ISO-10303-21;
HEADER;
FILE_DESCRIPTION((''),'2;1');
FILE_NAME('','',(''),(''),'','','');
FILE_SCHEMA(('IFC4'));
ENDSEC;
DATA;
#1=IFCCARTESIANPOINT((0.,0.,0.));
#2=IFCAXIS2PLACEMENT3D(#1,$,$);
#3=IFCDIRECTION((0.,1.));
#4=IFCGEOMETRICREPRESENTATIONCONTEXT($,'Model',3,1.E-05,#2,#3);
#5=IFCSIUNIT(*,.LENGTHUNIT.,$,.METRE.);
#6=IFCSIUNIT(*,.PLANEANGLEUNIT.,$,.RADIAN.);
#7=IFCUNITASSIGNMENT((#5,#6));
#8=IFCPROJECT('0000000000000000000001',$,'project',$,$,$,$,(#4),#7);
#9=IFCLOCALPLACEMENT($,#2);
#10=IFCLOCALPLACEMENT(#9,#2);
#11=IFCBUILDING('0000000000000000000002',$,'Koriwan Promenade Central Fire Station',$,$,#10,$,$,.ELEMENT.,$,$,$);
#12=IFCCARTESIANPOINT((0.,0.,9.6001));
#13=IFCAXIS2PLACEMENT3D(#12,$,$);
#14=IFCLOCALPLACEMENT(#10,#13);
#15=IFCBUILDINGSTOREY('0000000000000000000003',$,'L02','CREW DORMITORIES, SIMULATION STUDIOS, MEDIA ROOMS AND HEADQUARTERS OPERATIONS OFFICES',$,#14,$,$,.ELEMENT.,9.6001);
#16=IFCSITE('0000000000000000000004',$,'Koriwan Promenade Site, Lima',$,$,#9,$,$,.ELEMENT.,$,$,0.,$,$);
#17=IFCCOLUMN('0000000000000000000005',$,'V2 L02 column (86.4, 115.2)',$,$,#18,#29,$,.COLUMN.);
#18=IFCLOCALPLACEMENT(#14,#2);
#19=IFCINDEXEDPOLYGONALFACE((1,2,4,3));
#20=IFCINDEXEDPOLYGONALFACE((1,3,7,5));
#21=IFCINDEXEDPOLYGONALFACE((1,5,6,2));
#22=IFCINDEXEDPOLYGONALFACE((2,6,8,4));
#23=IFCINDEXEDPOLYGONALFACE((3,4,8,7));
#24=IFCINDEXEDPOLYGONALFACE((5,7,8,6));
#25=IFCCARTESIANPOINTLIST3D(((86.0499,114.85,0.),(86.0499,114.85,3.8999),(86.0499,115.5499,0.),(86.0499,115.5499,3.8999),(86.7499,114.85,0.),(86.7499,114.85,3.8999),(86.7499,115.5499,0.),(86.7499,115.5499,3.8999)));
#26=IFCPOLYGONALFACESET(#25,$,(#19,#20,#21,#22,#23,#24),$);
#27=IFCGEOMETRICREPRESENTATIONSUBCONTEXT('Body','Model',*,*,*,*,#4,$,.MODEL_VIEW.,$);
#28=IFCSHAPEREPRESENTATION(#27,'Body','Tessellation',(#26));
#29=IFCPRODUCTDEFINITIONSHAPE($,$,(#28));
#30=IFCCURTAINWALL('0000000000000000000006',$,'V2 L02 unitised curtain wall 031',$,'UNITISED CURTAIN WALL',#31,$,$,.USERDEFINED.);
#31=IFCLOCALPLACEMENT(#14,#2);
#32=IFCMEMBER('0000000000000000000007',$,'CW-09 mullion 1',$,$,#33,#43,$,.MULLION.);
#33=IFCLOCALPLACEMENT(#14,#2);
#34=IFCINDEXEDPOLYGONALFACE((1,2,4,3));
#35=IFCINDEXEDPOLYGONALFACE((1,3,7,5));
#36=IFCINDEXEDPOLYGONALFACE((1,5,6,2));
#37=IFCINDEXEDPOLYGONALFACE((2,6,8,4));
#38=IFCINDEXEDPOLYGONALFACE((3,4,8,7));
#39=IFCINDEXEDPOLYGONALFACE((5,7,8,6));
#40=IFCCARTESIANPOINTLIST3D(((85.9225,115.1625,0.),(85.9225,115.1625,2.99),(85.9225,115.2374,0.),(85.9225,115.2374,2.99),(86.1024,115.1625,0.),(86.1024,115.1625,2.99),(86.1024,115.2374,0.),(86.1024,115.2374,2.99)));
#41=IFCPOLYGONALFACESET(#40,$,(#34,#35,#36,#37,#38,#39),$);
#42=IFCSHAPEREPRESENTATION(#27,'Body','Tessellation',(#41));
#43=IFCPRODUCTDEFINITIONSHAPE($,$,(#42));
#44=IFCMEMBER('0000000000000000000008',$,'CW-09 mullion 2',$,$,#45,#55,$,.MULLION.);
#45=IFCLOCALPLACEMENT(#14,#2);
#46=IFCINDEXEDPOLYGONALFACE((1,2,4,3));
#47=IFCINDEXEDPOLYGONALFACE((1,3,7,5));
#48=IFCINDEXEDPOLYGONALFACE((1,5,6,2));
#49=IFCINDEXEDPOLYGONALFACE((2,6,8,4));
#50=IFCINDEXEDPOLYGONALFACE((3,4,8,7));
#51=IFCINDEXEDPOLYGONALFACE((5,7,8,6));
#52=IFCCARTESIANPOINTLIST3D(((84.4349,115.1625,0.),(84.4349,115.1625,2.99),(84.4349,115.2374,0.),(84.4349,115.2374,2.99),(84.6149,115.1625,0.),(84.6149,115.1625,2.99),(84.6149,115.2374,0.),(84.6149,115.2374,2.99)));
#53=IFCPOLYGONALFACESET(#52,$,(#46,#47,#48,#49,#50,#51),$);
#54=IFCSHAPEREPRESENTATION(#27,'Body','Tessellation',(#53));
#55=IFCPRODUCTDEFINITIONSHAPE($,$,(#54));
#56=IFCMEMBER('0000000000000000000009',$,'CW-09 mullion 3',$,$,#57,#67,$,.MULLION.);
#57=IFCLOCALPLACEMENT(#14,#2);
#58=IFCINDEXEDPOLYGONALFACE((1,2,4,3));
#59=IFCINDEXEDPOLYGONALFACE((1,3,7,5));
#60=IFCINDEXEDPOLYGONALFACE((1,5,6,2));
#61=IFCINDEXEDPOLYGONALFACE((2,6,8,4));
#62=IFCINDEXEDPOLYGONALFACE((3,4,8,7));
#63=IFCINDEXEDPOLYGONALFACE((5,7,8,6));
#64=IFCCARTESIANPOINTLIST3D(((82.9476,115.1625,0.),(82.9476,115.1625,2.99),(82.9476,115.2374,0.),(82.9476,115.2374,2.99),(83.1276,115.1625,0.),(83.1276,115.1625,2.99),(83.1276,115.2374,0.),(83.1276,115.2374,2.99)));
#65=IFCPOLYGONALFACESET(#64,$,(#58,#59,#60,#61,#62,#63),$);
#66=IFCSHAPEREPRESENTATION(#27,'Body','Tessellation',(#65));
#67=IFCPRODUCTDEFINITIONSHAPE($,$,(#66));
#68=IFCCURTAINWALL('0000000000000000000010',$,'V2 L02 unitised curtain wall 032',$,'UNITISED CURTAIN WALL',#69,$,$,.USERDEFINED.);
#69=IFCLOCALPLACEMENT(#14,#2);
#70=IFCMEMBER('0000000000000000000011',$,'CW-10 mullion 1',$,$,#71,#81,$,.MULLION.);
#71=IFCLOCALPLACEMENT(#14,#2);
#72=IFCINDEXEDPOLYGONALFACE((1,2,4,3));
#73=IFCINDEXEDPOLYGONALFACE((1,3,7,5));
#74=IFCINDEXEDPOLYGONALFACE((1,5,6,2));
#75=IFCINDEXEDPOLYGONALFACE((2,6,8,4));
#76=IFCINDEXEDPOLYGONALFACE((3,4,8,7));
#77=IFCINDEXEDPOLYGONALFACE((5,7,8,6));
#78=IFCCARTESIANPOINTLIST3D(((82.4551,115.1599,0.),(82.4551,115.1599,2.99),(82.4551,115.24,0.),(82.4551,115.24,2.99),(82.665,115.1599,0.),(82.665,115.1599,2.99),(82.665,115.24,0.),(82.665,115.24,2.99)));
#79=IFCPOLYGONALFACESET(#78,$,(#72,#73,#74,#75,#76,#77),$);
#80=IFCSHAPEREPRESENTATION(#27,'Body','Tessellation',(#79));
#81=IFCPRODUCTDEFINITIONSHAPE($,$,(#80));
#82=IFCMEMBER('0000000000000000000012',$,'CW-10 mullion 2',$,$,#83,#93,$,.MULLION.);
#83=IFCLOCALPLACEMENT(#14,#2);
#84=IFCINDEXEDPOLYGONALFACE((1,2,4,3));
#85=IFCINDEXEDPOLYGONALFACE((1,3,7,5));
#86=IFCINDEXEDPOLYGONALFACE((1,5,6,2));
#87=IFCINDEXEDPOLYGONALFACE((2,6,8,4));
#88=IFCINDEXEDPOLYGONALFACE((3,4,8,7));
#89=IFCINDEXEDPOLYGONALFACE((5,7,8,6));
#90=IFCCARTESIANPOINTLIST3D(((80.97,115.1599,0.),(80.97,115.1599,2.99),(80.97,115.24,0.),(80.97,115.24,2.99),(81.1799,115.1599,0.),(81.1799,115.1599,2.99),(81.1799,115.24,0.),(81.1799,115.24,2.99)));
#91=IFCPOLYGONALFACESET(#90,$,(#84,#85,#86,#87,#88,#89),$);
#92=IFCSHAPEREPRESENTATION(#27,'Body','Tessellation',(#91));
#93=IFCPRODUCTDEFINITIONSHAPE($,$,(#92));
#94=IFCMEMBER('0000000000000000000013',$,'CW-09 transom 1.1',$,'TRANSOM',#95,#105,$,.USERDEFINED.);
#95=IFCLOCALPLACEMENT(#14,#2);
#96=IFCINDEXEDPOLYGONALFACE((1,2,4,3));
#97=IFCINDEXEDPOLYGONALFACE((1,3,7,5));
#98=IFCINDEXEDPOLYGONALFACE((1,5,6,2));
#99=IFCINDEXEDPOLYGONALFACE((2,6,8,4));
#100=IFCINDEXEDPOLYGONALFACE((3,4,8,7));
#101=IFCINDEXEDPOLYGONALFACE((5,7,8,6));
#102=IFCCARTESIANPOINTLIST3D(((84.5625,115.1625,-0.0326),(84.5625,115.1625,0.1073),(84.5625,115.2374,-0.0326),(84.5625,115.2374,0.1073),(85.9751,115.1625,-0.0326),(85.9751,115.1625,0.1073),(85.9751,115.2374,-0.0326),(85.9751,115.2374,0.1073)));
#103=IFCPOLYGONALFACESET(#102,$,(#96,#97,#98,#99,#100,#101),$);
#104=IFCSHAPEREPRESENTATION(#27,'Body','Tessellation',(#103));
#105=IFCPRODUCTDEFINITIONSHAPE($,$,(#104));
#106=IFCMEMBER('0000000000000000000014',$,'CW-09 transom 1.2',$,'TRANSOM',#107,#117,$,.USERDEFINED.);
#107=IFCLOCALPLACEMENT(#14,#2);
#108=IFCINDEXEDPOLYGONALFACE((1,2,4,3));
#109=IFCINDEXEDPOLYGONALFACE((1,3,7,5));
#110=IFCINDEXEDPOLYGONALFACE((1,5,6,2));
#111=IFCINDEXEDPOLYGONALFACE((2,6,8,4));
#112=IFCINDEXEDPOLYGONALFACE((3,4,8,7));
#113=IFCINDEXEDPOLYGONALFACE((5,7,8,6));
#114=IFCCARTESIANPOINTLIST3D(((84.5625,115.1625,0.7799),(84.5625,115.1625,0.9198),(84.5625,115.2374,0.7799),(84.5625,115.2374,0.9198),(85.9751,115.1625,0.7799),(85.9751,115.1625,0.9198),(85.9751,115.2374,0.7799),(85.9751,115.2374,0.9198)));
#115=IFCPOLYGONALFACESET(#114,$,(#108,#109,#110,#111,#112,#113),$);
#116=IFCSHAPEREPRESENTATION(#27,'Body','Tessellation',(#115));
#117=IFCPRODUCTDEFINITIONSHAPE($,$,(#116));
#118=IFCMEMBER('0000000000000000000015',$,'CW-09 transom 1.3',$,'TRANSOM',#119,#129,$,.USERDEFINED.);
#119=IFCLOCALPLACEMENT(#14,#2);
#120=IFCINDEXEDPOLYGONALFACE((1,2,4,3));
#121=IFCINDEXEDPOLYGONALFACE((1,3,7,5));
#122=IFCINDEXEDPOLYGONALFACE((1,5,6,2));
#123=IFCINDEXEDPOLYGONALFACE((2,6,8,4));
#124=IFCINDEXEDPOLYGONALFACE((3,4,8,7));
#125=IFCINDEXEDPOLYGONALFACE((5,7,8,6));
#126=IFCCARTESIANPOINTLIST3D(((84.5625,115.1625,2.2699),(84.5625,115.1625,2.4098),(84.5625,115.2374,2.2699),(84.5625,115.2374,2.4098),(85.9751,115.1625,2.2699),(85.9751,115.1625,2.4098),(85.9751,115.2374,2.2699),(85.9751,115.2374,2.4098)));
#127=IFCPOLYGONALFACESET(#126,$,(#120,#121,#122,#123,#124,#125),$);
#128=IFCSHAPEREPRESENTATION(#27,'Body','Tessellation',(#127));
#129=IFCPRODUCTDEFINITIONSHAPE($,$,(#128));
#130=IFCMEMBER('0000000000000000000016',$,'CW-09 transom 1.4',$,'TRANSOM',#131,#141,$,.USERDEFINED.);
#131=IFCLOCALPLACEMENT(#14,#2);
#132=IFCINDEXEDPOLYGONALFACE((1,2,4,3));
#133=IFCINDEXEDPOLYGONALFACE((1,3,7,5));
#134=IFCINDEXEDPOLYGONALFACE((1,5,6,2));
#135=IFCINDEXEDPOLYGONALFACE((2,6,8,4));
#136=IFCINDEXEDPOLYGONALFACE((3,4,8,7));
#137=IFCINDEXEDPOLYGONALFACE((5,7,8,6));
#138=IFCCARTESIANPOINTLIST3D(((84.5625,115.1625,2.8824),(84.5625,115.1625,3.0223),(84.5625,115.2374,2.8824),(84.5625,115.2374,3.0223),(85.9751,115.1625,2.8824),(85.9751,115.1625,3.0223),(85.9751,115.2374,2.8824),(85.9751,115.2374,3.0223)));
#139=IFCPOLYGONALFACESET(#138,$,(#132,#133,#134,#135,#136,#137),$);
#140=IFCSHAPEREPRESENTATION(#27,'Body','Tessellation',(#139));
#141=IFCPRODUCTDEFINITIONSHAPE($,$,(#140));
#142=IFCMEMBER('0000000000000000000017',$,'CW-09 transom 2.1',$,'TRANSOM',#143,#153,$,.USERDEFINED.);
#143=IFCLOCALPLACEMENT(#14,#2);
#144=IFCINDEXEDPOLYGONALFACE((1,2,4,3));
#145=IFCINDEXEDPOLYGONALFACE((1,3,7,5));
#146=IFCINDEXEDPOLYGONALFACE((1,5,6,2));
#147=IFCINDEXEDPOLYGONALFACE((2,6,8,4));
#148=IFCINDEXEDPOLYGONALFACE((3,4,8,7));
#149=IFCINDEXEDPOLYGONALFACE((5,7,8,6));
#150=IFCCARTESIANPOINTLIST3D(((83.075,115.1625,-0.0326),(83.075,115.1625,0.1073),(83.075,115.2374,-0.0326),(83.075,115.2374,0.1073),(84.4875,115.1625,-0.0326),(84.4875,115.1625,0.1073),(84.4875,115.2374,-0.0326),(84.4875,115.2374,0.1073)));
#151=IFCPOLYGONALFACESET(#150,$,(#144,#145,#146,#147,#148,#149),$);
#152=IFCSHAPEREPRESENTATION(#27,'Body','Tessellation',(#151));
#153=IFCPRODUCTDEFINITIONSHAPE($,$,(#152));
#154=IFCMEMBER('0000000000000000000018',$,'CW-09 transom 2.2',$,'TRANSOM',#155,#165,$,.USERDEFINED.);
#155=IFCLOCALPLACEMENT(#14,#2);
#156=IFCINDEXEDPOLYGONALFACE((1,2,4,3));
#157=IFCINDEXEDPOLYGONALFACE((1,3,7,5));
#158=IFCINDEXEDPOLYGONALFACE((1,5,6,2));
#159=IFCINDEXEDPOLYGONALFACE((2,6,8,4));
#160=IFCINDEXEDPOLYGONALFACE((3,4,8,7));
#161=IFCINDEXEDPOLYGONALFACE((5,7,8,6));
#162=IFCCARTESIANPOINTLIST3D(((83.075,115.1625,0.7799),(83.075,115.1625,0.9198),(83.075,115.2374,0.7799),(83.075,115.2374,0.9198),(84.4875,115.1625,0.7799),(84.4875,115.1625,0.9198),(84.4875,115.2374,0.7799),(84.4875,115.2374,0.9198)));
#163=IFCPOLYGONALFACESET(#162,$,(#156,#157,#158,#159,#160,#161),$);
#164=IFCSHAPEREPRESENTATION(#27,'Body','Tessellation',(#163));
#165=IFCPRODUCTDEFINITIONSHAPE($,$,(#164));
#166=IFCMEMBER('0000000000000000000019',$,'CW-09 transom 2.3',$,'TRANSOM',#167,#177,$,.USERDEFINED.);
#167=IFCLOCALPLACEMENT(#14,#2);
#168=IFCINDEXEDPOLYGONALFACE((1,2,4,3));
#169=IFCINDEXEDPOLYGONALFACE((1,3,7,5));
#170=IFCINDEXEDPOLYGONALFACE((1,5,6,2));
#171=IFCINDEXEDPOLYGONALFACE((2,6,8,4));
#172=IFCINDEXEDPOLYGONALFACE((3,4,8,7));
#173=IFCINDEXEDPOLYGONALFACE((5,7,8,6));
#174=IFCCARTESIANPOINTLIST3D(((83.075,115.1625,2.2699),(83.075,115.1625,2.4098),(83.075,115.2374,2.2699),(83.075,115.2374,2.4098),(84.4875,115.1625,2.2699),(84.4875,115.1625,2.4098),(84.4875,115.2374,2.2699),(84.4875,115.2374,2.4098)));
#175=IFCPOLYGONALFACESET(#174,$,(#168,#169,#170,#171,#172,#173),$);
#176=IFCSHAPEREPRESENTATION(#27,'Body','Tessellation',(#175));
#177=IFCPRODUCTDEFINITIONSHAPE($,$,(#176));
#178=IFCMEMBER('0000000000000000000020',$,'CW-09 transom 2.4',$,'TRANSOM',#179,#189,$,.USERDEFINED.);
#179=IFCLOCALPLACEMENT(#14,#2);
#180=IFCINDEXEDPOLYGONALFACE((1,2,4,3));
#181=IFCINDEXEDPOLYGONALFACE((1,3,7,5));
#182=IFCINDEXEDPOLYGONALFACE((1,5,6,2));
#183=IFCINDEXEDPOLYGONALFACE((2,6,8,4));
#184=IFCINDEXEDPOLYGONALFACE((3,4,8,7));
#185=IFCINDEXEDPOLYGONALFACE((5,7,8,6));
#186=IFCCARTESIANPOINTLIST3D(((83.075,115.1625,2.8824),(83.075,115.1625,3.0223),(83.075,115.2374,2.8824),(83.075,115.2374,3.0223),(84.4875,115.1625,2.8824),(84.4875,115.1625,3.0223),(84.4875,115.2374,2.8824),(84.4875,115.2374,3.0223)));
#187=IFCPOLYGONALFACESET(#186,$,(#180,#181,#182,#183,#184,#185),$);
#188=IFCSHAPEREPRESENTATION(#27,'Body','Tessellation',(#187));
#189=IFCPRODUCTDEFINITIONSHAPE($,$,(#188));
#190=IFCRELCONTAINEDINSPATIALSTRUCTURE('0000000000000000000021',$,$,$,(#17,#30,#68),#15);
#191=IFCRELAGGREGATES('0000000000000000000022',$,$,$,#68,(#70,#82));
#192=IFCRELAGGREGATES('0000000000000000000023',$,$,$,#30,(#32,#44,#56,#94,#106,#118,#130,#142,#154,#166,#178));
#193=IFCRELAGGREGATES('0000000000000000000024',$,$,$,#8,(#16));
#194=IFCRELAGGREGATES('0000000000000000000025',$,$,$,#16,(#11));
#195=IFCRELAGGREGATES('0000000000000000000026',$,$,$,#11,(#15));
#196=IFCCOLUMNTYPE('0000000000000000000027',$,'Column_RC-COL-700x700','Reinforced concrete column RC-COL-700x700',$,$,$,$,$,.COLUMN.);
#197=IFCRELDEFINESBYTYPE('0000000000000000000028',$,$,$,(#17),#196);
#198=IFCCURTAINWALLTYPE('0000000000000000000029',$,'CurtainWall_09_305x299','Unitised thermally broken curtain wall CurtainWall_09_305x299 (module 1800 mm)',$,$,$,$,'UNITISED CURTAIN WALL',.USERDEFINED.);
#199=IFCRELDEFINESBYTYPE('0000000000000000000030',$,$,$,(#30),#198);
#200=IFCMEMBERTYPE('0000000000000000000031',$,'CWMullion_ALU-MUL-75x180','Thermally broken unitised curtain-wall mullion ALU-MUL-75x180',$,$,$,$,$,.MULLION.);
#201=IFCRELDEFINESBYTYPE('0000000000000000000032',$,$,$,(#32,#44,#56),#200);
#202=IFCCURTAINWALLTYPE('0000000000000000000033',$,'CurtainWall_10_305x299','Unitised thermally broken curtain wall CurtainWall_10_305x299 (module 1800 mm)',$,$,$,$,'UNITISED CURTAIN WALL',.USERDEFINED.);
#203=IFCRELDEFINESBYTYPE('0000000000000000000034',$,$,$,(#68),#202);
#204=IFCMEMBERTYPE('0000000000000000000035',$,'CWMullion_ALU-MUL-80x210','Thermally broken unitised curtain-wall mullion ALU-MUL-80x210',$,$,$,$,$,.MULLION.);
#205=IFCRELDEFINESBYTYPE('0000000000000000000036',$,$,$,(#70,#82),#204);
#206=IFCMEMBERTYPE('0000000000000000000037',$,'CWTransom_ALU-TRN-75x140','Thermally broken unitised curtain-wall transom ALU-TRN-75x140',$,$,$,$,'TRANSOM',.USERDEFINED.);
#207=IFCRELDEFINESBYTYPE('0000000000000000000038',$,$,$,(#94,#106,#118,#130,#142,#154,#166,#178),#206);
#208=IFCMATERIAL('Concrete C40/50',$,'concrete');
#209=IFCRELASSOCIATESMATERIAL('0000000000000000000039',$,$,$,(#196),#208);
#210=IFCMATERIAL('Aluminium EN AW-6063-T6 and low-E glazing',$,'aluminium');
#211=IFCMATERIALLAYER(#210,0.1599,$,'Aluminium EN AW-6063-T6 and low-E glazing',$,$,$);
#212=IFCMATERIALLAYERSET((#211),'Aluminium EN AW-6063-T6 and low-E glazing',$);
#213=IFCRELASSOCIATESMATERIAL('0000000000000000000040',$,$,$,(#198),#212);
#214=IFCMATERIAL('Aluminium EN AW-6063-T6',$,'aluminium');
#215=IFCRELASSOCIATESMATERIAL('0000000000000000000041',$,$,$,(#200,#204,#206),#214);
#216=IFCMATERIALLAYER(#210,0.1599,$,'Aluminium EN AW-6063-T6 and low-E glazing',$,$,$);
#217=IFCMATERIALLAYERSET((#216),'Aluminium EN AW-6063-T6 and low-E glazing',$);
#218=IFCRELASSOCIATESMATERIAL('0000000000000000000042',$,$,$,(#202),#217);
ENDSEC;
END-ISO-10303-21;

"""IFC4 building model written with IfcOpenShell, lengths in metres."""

from ifc_helpers import new_model, si_unit, direction, frame, origin, origin_2d, place, context, subcontext, project, spatial, rectangle, extrude, material, layer, layer_set, material_profile, profile_set, type_object, element, aggregate, save


model = new_model("IFC4")

# Units and contexts
model_context = context("Model", 3, precision=1e-05, world=origin(), true_north=direction((0.0, 1.0)))
body_context = subcontext(model_context, "Body", "Model", "MODEL_VIEW")
ifc_project = project(units=[si_unit("LENGTHUNIT", "METRE"), si_unit("PLANEANGLEUNIT", "RADIAN")], contexts=[model_context])

# Site, building, storey
site_placement = place(None, origin())
site = spatial("IfcSite", under=ifc_project, at=site_placement, Name="Koriwan Promenade Site, Lima", CompositionType="ELEMENT", RefElevation=0.0)
building_placement = place(site_placement, origin())
building = spatial("IfcBuilding", under=site, at=building_placement, Name="Koriwan Promenade Central Fire Station", CompositionType="ELEMENT")
storey_placement = place(building_placement, frame((0.0, 0.0, 9.6001)))
storey = spatial("IfcBuildingStorey", under=building, at=storey_placement, Name="L02", Description="CREW DORMITORIES, SIMULATION STUDIOS, MEDIA ROOMS AND HEADQUARTERS OPERATIONS OFFICES", CompositionType="ELEMENT", Elevation=9.6001)

# Column
ifc_material_1 = material(Name="Concrete C40/50", Category="concrete")
ifc_material_profile_1 = material_profile(ifc_material_1, rectangle(XDim=0.7, YDim=0.7, at=origin_2d()), Name="RC-COL-700x700")
ifc_profile_set_1 = profile_set([ifc_material_profile_1], Name="Concrete C40/50")
column_type = type_object("IfcColumnType", Name="Column_RC-COL-700x700", Description="Reinforced concrete column RC-COL-700x700", PredefinedType="COLUMN", material=ifc_profile_set_1)
column_placement = place(storey_placement, frame((86.3999, 115.2, 0.0), z_axis=(0.0, 0.0, 1.0), x_axis=(1.0, 0.0, 0.0)))
element("IfcColumn", 1, at=column_placement, inside=storey, type_object=column_type, Name="V2 L02 column (86.4, 115.2)", PredefinedType="COLUMN", context=body_context, shape_type="SweptSolid", body=[
    extrude(rectangle(XDim=0.7, YDim=0.7, at=origin_2d()), origin(), (0.0, 0.0, 1.0), 3.8999),
])

# Curtain walls, members
ifc_material_2 = material(Name="Aluminium EN AW-6063-T6 and low-E glazing", Category="aluminium")
ifc_layer_1 = layer(ifc_material_2, 0.1599, Name="Aluminium EN AW-6063-T6 and low-E glazing")
ifc_layer_set_1 = layer_set([ifc_layer_1], Name="Aluminium EN AW-6063-T6 and low-E glazing")
curtain_wall_type_1 = type_object("IfcCurtainWallType", Name="CurtainWall_09_305x299", Description="Unitised thermally broken curtain wall CurtainWall_09_305x299 (module 1800 mm)", ElementType="UNITISED CURTAIN WALL", PredefinedType="USERDEFINED", material=ifc_layer_set_1)
curtain_wall_1_placement = place(storey_placement, origin())
curtain_wall_1 = element("IfcCurtainWall", 2, at=curtain_wall_1_placement, inside=storey, type_object=curtain_wall_type_1, Name="V2 L02 unitised curtain wall 031", ObjectType="UNITISED CURTAIN WALL", PredefinedType="USERDEFINED")
ifc_material_3 = material(Name="Aluminium EN AW-6063-T6", Category="aluminium")
ifc_material_profile_2 = material_profile(ifc_material_3, rectangle(XDim=0.075, YDim=0.1799, at=origin_2d()), Name="ALU-MUL-75x180")
ifc_profile_set_2 = profile_set([ifc_material_profile_2], Name="Aluminium EN AW-6063-T6")
member_type_1 = type_object("IfcMemberType", Name="CWMullion_ALU-MUL-75x180", Description="Thermally broken unitised curtain-wall mullion ALU-MUL-75x180", PredefinedType="MULLION", material=ifc_profile_set_2)
member_1_placement = place(storey_placement, frame((86.0125, 115.2, 0.0), z_axis=(0.0, 0.0, 1.0), x_axis=(0.0, -1.0, 0.0)))
member_1 = element("IfcMember", 3, at=member_1_placement, type_object=member_type_1, Name="CW-09 mullion 1", PredefinedType="MULLION", context=body_context, shape_type="SweptSolid", body=[
    extrude(rectangle(XDim=0.075, YDim=0.1799, at=origin_2d()), origin(), (0.0, 0.0, 1.0), 2.99),
])
member_2_placement = place(storey_placement, frame((84.5249, 115.2, 0.0), z_axis=(0.0, 0.0, 1.0), x_axis=(0.0, -1.0, 0.0)))
member_2 = element("IfcMember", 4, at=member_2_placement, type_object=member_type_1, Name="CW-09 mullion 2", PredefinedType="MULLION", context=body_context, shape_type="SweptSolid", body=[
    extrude(rectangle(XDim=0.075, YDim=0.1799, at=origin_2d()), origin(), (0.0, 0.0, 1.0), 2.99),
])
member_3_placement = place(storey_placement, frame((83.0376, 115.2, 0.0), z_axis=(0.0, 0.0, 1.0), x_axis=(0.0, -1.0, 0.0)))
member_3 = element("IfcMember", 5, at=member_3_placement, type_object=member_type_1, Name="CW-09 mullion 3", PredefinedType="MULLION", context=body_context, shape_type="SweptSolid", body=[
    extrude(rectangle(XDim=0.075, YDim=0.1799, at=origin_2d()), origin(), (0.0, 0.0, 1.0), 2.99),
])
ifc_layer_2 = layer(ifc_material_2, 0.1599, Name="Aluminium EN AW-6063-T6 and low-E glazing")
ifc_layer_set_2 = layer_set([ifc_layer_2], Name="Aluminium EN AW-6063-T6 and low-E glazing")
curtain_wall_type_2 = type_object("IfcCurtainWallType", Name="CurtainWall_10_305x299", Description="Unitised thermally broken curtain wall CurtainWall_10_305x299 (module 1800 mm)", ElementType="UNITISED CURTAIN WALL", PredefinedType="USERDEFINED", material=ifc_layer_set_2)
curtain_wall_2_placement = place(storey_placement, origin())
curtain_wall_2 = element("IfcCurtainWall", 6, at=curtain_wall_2_placement, inside=storey, type_object=curtain_wall_type_2, Name="V2 L02 unitised curtain wall 032", ObjectType="UNITISED CURTAIN WALL", PredefinedType="USERDEFINED")
ifc_material_profile_3 = material_profile(ifc_material_3, rectangle(XDim=0.0801, YDim=0.21, at=origin_2d()), Name="ALU-MUL-80x210")
ifc_profile_set_3 = profile_set([ifc_material_profile_3], Name="Aluminium EN AW-6063-T6")
member_type_2 = type_object("IfcMemberType", Name="CWMullion_ALU-MUL-80x210", Description="Thermally broken unitised curtain-wall mullion ALU-MUL-80x210", PredefinedType="MULLION", material=ifc_profile_set_3)
member_4_placement = place(storey_placement, frame((82.5601, 115.2, 0.0), z_axis=(0.0, 0.0, 1.0), x_axis=(0.0, -1.0, 0.0)))
member_4 = element("IfcMember", 7, at=member_4_placement, type_object=member_type_2, Name="CW-10 mullion 1", PredefinedType="MULLION", context=body_context, shape_type="SweptSolid", body=[
    extrude(rectangle(XDim=0.0801, YDim=0.21, at=origin_2d()), origin(), (0.0, 0.0, 1.0), 2.99),
])
member_5_placement = place(storey_placement, frame((81.075, 115.2, 0.0), z_axis=(0.0, 0.0, 1.0), x_axis=(0.0, -1.0, 0.0)))
member_5 = element("IfcMember", 8, at=member_5_placement, type_object=member_type_2, Name="CW-10 mullion 2", PredefinedType="MULLION", context=body_context, shape_type="SweptSolid", body=[
    extrude(rectangle(XDim=0.0801, YDim=0.21, at=origin_2d()), origin(), (0.0, 0.0, 1.0), 2.99),
])

# Members
ifc_material_profile_4 = material_profile(ifc_material_3, rectangle(XDim=0.075, YDim=0.1399, at=origin_2d()), Name="ALU-TRN-75x140")
ifc_profile_set_4 = profile_set([ifc_material_profile_4], Name="Aluminium EN AW-6063-T6")
member_type_3 = type_object("IfcMemberType", Name="CWTransom_ALU-TRN-75x140", Description="Thermally broken unitised curtain-wall transom ALU-TRN-75x140", ElementType="TRANSOM", PredefinedType="USERDEFINED", material=ifc_profile_set_4)
member_6_placement = place(storey_placement, frame((85.9751, 115.2, 0.0374), z_axis=(-1.0, 0.0, 0.0), x_axis=(0.0, -1.0, 0.0)))
member_6 = element("IfcMember", 9, at=member_6_placement, type_object=member_type_3, Name="CW-09 transom 1.1", ObjectType="TRANSOM", PredefinedType="USERDEFINED", context=body_context, shape_type="SweptSolid", body=[
    extrude(rectangle(XDim=0.075, YDim=0.1399, at=origin_2d()), origin(), (0.0, 0.0, 1.0), 1.4126),
])
member_7_placement = place(storey_placement, frame((85.9751, 115.2, 0.8499), z_axis=(-1.0, 0.0, 0.0), x_axis=(0.0, -1.0, 0.0)))
member_7 = element("IfcMember", 10, at=member_7_placement, type_object=member_type_3, Name="CW-09 transom 1.2", ObjectType="TRANSOM", PredefinedType="USERDEFINED", context=body_context, shape_type="SweptSolid", body=[
    extrude(rectangle(XDim=0.075, YDim=0.1399, at=origin_2d()), origin(), (0.0, 0.0, 1.0), 1.4126),
])
member_8_placement = place(storey_placement, frame((85.9751, 115.2, 2.3398), z_axis=(-1.0, 0.0, 0.0), x_axis=(0.0, -1.0, 0.0)))
member_8 = element("IfcMember", 11, at=member_8_placement, type_object=member_type_3, Name="CW-09 transom 1.3", ObjectType="TRANSOM", PredefinedType="USERDEFINED", context=body_context, shape_type="SweptSolid", body=[
    extrude(rectangle(XDim=0.075, YDim=0.1399, at=origin_2d()), origin(), (0.0, 0.0, 1.0), 1.4126),
])
member_9_placement = place(storey_placement, frame((85.9751, 115.2, 2.9524), z_axis=(-1.0, 0.0, 0.0), x_axis=(0.0, -1.0, 0.0)))
member_9 = element("IfcMember", 12, at=member_9_placement, type_object=member_type_3, Name="CW-09 transom 1.4", ObjectType="TRANSOM", PredefinedType="USERDEFINED", context=body_context, shape_type="SweptSolid", body=[
    extrude(rectangle(XDim=0.075, YDim=0.1399, at=origin_2d()), origin(), (0.0, 0.0, 1.0), 1.4126),
])
member_10_placement = place(storey_placement, frame((84.4875, 115.2, 0.0374), z_axis=(-1.0, 0.0, 0.0), x_axis=(0.0, -1.0, 0.0)))
member_10 = element("IfcMember", 13, at=member_10_placement, type_object=member_type_3, Name="CW-09 transom 2.1", ObjectType="TRANSOM", PredefinedType="USERDEFINED", context=body_context, shape_type="SweptSolid", body=[
    extrude(rectangle(XDim=0.075, YDim=0.1399, at=origin_2d()), origin(), (0.0, 0.0, 1.0), 1.4126),
])
member_11_placement = place(storey_placement, frame((84.4875, 115.2, 0.8499), z_axis=(-1.0, 0.0, 0.0), x_axis=(0.0, -1.0, 0.0)))
member_11 = element("IfcMember", 14, at=member_11_placement, type_object=member_type_3, Name="CW-09 transom 2.2", ObjectType="TRANSOM", PredefinedType="USERDEFINED", context=body_context, shape_type="SweptSolid", body=[
    extrude(rectangle(XDim=0.075, YDim=0.1399, at=origin_2d()), origin(), (0.0, 0.0, 1.0), 1.4126),
])
member_12_placement = place(storey_placement, frame((84.4875, 115.2, 2.3398), z_axis=(-1.0, 0.0, 0.0), x_axis=(0.0, -1.0, 0.0)))
member_12 = element("IfcMember", 15, at=member_12_placement, type_object=member_type_3, Name="CW-09 transom 2.3", ObjectType="TRANSOM", PredefinedType="USERDEFINED", context=body_context, shape_type="SweptSolid", body=[
    extrude(rectangle(XDim=0.075, YDim=0.1399, at=origin_2d()), origin(), (0.0, 0.0, 1.0), 1.4126),
])
member_13_placement = place(storey_placement, frame((84.4875, 115.2, 2.9524), z_axis=(-1.0, 0.0, 0.0), x_axis=(0.0, -1.0, 0.0)))
member_13 = element("IfcMember", 16, at=member_13_placement, type_object=member_type_3, Name="CW-09 transom 2.4", ObjectType="TRANSOM", PredefinedType="USERDEFINED", context=body_context, shape_type="SweptSolid", body=[
    extrude(rectangle(XDim=0.075, YDim=0.1399, at=origin_2d()), origin(), (0.0, 0.0, 1.0), 1.4126),
])

aggregate(curtain_wall_2, [member_4, member_5])
aggregate(curtain_wall_1, [member_1, member_2, member_3, member_6, member_7, member_8, member_9, member_10, member_11, member_12, member_13])

save(model, "model.ifc")
